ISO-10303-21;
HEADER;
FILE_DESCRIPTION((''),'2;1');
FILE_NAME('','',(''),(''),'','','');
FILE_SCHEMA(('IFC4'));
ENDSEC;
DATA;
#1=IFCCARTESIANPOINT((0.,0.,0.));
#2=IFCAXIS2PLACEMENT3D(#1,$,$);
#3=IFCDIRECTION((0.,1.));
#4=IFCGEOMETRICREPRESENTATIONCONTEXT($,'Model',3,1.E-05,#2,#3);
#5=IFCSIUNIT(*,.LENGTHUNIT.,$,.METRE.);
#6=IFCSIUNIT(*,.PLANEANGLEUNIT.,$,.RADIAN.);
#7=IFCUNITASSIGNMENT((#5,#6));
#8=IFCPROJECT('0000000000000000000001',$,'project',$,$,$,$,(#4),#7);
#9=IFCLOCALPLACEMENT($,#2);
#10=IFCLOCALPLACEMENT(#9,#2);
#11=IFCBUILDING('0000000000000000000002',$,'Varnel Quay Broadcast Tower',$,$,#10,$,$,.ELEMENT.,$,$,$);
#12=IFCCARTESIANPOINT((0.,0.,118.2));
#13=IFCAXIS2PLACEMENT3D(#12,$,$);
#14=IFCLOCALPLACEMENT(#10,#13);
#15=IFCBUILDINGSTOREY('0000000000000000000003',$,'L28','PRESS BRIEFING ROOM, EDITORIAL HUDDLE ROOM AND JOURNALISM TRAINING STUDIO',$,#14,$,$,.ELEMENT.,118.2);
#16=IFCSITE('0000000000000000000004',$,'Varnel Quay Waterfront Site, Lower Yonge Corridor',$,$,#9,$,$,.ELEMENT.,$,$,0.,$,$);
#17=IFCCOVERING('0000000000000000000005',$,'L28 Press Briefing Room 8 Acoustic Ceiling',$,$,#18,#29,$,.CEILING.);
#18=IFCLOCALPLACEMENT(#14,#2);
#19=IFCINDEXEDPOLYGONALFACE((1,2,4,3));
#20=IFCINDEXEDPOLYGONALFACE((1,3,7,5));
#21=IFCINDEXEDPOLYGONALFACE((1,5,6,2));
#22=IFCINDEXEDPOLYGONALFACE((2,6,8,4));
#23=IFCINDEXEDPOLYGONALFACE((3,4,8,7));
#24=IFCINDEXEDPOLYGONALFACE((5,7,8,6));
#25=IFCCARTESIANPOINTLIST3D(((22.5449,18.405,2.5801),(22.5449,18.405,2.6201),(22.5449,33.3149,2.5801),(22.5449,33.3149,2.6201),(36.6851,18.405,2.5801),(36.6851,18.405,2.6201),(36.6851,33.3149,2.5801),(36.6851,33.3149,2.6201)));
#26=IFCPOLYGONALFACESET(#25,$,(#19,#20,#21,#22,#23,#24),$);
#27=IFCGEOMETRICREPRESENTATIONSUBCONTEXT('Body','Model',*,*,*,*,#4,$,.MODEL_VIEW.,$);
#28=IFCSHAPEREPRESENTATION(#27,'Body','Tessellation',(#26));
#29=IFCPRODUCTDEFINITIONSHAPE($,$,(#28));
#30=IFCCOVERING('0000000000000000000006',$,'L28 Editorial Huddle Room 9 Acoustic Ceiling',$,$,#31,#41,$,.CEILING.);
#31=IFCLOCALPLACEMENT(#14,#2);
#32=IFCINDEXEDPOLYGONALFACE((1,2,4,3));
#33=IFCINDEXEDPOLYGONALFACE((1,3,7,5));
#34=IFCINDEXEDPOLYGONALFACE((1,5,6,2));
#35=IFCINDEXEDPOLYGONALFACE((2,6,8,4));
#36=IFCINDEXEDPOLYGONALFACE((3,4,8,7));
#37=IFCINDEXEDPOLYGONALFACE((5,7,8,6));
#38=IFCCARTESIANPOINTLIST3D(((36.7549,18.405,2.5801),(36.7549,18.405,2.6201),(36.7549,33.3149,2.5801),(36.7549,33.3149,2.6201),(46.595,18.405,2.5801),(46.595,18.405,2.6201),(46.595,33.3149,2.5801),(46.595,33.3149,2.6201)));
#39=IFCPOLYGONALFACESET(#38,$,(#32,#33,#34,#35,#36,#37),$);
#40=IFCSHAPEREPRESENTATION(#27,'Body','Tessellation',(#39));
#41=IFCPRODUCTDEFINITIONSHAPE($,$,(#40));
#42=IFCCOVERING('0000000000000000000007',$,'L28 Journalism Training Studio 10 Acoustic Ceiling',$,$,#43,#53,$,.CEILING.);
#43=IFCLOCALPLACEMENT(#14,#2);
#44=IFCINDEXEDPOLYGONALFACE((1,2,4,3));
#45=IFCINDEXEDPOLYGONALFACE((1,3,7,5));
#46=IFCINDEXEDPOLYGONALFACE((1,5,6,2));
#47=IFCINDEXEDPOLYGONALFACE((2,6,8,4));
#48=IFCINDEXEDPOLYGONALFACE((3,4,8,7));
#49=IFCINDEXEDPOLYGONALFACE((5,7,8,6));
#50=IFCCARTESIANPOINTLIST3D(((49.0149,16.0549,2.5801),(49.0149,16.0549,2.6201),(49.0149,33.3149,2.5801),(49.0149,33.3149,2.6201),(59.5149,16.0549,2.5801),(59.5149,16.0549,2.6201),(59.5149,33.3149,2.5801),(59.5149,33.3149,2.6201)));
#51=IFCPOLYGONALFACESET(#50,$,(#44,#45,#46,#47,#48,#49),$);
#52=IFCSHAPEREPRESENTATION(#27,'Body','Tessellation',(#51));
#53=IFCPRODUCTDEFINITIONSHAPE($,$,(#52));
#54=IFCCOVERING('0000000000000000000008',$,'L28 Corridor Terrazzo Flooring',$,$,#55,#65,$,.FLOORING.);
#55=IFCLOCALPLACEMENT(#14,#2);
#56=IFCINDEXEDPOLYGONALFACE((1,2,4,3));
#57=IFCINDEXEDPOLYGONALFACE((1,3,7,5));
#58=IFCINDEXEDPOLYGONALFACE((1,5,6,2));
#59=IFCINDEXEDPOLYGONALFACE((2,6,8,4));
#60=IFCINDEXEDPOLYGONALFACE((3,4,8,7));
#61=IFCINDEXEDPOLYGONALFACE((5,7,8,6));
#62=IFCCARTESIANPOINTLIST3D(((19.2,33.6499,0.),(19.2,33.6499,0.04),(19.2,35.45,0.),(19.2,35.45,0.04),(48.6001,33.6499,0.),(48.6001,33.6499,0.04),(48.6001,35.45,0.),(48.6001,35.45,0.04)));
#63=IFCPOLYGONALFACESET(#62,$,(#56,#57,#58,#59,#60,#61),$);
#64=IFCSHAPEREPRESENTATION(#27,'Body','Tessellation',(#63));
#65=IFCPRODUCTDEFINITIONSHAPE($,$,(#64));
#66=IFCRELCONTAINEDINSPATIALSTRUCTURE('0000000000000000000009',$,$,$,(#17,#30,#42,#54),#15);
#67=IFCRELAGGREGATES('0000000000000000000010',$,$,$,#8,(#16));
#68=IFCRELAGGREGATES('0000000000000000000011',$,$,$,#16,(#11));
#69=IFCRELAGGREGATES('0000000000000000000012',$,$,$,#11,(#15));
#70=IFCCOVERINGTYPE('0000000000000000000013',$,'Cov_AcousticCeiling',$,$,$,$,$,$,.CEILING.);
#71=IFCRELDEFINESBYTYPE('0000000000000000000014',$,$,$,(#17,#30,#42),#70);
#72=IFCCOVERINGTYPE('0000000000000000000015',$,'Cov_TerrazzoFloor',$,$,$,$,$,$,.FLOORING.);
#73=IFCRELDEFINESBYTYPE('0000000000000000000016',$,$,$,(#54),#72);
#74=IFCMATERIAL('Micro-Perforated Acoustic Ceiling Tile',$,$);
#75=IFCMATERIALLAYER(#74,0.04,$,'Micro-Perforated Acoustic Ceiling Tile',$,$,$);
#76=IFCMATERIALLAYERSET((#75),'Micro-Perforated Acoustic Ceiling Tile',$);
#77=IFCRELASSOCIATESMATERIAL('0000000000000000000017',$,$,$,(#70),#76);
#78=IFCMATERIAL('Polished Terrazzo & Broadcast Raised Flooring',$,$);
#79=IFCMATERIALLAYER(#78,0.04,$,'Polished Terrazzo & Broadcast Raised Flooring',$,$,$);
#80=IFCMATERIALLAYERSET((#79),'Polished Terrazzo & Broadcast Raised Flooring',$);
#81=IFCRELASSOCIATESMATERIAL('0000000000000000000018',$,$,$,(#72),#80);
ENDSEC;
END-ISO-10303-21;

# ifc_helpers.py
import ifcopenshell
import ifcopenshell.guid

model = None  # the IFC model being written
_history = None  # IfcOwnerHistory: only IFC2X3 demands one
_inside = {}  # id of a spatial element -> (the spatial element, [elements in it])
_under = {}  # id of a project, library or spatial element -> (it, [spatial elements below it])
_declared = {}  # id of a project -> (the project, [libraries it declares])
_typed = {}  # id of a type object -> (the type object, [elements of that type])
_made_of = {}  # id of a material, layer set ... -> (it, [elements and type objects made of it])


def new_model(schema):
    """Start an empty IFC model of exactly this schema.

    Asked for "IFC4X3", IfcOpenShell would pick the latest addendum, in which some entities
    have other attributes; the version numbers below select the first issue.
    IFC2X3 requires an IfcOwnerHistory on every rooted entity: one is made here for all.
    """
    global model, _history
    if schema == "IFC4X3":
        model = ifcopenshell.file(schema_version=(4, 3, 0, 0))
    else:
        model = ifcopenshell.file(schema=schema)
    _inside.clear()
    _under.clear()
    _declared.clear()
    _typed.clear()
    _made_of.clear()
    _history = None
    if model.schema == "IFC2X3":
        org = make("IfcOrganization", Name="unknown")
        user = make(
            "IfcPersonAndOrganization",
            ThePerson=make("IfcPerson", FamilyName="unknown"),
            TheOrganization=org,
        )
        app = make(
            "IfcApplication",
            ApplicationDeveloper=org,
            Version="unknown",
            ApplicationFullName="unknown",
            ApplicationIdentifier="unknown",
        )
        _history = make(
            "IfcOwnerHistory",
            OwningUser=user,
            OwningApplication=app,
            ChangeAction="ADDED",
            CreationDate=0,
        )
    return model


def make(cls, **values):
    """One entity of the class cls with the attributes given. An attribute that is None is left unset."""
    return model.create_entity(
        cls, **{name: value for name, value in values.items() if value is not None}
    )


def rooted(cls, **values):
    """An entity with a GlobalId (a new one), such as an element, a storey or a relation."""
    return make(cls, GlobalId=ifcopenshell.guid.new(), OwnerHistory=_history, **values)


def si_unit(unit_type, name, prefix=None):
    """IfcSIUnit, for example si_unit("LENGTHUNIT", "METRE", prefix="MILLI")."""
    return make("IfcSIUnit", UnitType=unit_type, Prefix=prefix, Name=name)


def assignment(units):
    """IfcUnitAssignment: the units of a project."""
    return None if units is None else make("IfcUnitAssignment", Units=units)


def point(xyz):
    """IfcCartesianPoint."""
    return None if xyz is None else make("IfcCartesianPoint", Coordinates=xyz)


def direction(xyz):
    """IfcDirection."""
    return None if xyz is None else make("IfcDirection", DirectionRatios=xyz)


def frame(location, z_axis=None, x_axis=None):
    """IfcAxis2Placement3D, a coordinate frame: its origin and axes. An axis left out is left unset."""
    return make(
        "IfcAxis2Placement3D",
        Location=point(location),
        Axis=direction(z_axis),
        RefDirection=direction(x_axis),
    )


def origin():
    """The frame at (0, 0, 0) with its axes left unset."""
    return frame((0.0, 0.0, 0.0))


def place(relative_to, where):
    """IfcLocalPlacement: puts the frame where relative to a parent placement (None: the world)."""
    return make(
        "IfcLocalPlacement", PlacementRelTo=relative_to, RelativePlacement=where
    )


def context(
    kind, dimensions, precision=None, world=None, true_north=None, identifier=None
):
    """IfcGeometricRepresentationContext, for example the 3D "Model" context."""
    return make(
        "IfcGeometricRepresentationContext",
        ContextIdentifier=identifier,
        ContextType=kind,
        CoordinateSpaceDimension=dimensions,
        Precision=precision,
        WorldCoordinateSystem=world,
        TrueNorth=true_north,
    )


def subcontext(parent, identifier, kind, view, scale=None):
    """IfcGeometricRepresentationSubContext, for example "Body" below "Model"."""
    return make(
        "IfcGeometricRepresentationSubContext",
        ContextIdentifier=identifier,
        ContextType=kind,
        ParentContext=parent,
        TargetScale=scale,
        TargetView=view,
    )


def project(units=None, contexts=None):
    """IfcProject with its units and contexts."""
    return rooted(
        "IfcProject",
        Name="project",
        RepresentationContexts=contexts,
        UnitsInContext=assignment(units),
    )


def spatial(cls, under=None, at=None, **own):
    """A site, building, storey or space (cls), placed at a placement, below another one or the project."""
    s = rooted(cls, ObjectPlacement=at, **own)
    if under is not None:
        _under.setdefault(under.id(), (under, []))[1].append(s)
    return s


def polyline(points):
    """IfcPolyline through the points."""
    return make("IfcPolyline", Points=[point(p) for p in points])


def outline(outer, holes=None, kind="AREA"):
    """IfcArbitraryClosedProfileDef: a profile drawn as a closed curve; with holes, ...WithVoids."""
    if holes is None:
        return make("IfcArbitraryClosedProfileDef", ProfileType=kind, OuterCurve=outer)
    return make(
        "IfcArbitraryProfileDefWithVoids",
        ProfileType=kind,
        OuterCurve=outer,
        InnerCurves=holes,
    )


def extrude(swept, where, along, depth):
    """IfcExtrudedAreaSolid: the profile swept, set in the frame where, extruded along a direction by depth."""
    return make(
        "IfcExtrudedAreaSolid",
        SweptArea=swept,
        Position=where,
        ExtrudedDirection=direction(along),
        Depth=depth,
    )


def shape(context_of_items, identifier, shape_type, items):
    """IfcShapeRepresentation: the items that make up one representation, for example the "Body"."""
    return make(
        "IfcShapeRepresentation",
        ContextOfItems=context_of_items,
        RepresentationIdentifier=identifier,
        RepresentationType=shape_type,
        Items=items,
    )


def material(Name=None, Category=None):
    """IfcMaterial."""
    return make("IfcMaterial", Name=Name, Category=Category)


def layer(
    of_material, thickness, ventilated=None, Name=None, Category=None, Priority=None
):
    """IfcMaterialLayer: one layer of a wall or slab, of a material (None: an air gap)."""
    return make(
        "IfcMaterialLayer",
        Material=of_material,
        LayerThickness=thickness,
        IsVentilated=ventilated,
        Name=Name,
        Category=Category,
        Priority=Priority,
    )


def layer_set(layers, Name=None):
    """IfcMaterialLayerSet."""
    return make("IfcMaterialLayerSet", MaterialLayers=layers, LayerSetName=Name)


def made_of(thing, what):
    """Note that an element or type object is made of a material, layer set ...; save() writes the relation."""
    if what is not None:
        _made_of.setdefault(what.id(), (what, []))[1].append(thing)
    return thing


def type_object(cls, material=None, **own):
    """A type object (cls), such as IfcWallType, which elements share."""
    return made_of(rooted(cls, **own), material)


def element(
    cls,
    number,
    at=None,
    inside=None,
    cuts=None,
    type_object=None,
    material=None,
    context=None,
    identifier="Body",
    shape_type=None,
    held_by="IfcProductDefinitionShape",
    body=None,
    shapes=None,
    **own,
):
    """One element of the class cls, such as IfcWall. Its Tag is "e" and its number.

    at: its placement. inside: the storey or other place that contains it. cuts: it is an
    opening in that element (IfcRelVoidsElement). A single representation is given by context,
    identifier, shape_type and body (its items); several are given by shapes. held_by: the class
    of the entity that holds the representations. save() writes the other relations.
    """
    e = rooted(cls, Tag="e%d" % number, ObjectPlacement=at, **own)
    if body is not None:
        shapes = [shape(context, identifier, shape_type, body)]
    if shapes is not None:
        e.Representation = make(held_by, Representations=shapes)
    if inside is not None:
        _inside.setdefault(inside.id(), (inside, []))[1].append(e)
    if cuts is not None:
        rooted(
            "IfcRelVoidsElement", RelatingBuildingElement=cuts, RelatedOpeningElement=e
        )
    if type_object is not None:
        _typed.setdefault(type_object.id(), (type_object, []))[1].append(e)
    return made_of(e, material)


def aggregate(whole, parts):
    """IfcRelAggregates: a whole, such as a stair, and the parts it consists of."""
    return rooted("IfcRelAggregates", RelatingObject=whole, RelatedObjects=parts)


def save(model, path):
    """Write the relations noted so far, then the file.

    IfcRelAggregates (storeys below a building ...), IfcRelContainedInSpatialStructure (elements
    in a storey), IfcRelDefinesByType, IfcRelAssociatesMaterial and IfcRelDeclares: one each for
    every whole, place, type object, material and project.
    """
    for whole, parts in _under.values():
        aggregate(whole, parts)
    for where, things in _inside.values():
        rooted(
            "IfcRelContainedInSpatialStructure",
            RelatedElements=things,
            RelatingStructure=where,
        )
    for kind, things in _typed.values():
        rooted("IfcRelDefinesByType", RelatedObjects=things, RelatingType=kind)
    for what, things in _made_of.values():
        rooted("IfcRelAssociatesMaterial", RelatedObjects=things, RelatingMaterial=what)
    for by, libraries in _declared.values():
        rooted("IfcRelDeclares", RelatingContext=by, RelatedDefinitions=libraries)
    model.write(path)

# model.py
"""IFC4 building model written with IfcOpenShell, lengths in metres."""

from ifc_helpers import new_model, si_unit, direction, frame, origin, place, context, subcontext, project, spatial, polyline, outline, extrude, material, layer, layer_set, type_object, element, save


model = new_model("IFC4")

# Units and contexts
model_context = context("Model", 3, precision=1e-05, world=origin(), true_north=direction((0.0, 1.0)))
body_context = subcontext(model_context, "Body", "Model", "MODEL_VIEW")
ifc_project = project(units=[si_unit("LENGTHUNIT", "METRE"), si_unit("PLANEANGLEUNIT", "RADIAN")], contexts=[model_context])

# Site, building, storey
site_placement = place(None, origin())
site = spatial("IfcSite", under=ifc_project, at=site_placement, Name="Varnel Quay Waterfront Site, Lower Yonge Corridor", CompositionType="ELEMENT", RefElevation=0.0)
building_placement = place(site_placement, origin())
building = spatial("IfcBuilding", under=site, at=building_placement, Name="Varnel Quay Broadcast Tower", CompositionType="ELEMENT")
storey_placement = place(building_placement, frame((0.0, 0.0, 118.2)))
storey = spatial("IfcBuildingStorey", under=building, at=storey_placement, Name="L28", Description="PRESS BRIEFING ROOM, EDITORIAL HUDDLE ROOM AND JOURNALISM TRAINING STUDIO", CompositionType="ELEMENT", Elevation=118.2)

# Coverings
ifc_material_1 = material(Name="Micro-Perforated Acoustic Ceiling Tile")
ifc_layer_1 = layer(ifc_material_1, 0.04, Name="Micro-Perforated Acoustic Ceiling Tile")
ifc_layer_set_1 = layer_set([ifc_layer_1], Name="Micro-Perforated Acoustic Ceiling Tile")
covering_type_1 = type_object("IfcCoveringType", Name="Cov_AcousticCeiling", PredefinedType="CEILING", material=ifc_layer_set_1)
covering_1_placement = place(storey_placement, frame((0.0, 0.0, 2.5801)))
element("IfcCovering", 1, at=covering_1_placement, inside=storey, type_object=covering_type_1, Name="L28 Press Briefing Room 8 Acoustic Ceiling", PredefinedType="CEILING", context=body_context, shape_type="SweptSolid", body=[
    extrude(outline(polyline([(22.5449, 18.405), (36.6851, 18.405), (36.6851, 33.3149), (22.5449, 33.3149), (22.5449, 18.405)])), origin(), (0.0, 0.0, 1.0), 0.04),
])
covering_2_placement = place(storey_placement, frame((0.0, 0.0, 2.5801)))
element("IfcCovering", 2, at=covering_2_placement, inside=storey, type_object=covering_type_1, Name="L28 Editorial Huddle Room 9 Acoustic Ceiling", PredefinedType="CEILING", context=body_context, shape_type="SweptSolid", body=[
    extrude(outline(polyline([(36.7549, 18.405), (46.595, 18.405), (46.595, 33.3149), (36.7549, 33.3149), (36.7549, 18.405)])), origin(), (0.0, 0.0, 1.0), 0.04),
])
covering_3_placement = place(storey_placement, frame((0.0, 0.0, 2.5801)))
element("IfcCovering", 3, at=covering_3_placement, inside=storey, type_object=covering_type_1, Name="L28 Journalism Training Studio 10 Acoustic Ceiling", PredefinedType="CEILING", context=body_context, shape_type="SweptSolid", body=[
    extrude(outline(polyline([(49.0149, 16.0549), (59.5149, 16.0549), (59.5149, 33.3149), (49.0149, 33.3149), (49.0149, 16.0549)])), origin(), (0.0, 0.0, 1.0), 0.04),
])
ifc_material_2 = material(Name="Polished Terrazzo & Broadcast Raised Flooring")
ifc_layer_2 = layer(ifc_material_2, 0.04, Name="Polished Terrazzo & Broadcast Raised Flooring")
ifc_layer_set_2 = layer_set([ifc_layer_2], Name="Polished Terrazzo & Broadcast Raised Flooring")
covering_type_2 = type_object("IfcCoveringType", Name="Cov_TerrazzoFloor", PredefinedType="FLOORING", material=ifc_layer_set_2)
covering_4_placement = place(storey_placement, origin())
element("IfcCovering", 4, at=covering_4_placement, inside=storey, type_object=covering_type_2, Name="L28 Corridor Terrazzo Flooring", PredefinedType="FLOORING", context=body_context, shape_type="SweptSolid", body=[
    extrude(outline(polyline([(19.2, 33.6499), (48.6001, 33.6499), (48.6001, 35.45), (19.2, 35.45), (19.2, 33.6499)])), origin(), (0.0, 0.0, 1.0), 0.04),
])

save(model, "model.ifc")
